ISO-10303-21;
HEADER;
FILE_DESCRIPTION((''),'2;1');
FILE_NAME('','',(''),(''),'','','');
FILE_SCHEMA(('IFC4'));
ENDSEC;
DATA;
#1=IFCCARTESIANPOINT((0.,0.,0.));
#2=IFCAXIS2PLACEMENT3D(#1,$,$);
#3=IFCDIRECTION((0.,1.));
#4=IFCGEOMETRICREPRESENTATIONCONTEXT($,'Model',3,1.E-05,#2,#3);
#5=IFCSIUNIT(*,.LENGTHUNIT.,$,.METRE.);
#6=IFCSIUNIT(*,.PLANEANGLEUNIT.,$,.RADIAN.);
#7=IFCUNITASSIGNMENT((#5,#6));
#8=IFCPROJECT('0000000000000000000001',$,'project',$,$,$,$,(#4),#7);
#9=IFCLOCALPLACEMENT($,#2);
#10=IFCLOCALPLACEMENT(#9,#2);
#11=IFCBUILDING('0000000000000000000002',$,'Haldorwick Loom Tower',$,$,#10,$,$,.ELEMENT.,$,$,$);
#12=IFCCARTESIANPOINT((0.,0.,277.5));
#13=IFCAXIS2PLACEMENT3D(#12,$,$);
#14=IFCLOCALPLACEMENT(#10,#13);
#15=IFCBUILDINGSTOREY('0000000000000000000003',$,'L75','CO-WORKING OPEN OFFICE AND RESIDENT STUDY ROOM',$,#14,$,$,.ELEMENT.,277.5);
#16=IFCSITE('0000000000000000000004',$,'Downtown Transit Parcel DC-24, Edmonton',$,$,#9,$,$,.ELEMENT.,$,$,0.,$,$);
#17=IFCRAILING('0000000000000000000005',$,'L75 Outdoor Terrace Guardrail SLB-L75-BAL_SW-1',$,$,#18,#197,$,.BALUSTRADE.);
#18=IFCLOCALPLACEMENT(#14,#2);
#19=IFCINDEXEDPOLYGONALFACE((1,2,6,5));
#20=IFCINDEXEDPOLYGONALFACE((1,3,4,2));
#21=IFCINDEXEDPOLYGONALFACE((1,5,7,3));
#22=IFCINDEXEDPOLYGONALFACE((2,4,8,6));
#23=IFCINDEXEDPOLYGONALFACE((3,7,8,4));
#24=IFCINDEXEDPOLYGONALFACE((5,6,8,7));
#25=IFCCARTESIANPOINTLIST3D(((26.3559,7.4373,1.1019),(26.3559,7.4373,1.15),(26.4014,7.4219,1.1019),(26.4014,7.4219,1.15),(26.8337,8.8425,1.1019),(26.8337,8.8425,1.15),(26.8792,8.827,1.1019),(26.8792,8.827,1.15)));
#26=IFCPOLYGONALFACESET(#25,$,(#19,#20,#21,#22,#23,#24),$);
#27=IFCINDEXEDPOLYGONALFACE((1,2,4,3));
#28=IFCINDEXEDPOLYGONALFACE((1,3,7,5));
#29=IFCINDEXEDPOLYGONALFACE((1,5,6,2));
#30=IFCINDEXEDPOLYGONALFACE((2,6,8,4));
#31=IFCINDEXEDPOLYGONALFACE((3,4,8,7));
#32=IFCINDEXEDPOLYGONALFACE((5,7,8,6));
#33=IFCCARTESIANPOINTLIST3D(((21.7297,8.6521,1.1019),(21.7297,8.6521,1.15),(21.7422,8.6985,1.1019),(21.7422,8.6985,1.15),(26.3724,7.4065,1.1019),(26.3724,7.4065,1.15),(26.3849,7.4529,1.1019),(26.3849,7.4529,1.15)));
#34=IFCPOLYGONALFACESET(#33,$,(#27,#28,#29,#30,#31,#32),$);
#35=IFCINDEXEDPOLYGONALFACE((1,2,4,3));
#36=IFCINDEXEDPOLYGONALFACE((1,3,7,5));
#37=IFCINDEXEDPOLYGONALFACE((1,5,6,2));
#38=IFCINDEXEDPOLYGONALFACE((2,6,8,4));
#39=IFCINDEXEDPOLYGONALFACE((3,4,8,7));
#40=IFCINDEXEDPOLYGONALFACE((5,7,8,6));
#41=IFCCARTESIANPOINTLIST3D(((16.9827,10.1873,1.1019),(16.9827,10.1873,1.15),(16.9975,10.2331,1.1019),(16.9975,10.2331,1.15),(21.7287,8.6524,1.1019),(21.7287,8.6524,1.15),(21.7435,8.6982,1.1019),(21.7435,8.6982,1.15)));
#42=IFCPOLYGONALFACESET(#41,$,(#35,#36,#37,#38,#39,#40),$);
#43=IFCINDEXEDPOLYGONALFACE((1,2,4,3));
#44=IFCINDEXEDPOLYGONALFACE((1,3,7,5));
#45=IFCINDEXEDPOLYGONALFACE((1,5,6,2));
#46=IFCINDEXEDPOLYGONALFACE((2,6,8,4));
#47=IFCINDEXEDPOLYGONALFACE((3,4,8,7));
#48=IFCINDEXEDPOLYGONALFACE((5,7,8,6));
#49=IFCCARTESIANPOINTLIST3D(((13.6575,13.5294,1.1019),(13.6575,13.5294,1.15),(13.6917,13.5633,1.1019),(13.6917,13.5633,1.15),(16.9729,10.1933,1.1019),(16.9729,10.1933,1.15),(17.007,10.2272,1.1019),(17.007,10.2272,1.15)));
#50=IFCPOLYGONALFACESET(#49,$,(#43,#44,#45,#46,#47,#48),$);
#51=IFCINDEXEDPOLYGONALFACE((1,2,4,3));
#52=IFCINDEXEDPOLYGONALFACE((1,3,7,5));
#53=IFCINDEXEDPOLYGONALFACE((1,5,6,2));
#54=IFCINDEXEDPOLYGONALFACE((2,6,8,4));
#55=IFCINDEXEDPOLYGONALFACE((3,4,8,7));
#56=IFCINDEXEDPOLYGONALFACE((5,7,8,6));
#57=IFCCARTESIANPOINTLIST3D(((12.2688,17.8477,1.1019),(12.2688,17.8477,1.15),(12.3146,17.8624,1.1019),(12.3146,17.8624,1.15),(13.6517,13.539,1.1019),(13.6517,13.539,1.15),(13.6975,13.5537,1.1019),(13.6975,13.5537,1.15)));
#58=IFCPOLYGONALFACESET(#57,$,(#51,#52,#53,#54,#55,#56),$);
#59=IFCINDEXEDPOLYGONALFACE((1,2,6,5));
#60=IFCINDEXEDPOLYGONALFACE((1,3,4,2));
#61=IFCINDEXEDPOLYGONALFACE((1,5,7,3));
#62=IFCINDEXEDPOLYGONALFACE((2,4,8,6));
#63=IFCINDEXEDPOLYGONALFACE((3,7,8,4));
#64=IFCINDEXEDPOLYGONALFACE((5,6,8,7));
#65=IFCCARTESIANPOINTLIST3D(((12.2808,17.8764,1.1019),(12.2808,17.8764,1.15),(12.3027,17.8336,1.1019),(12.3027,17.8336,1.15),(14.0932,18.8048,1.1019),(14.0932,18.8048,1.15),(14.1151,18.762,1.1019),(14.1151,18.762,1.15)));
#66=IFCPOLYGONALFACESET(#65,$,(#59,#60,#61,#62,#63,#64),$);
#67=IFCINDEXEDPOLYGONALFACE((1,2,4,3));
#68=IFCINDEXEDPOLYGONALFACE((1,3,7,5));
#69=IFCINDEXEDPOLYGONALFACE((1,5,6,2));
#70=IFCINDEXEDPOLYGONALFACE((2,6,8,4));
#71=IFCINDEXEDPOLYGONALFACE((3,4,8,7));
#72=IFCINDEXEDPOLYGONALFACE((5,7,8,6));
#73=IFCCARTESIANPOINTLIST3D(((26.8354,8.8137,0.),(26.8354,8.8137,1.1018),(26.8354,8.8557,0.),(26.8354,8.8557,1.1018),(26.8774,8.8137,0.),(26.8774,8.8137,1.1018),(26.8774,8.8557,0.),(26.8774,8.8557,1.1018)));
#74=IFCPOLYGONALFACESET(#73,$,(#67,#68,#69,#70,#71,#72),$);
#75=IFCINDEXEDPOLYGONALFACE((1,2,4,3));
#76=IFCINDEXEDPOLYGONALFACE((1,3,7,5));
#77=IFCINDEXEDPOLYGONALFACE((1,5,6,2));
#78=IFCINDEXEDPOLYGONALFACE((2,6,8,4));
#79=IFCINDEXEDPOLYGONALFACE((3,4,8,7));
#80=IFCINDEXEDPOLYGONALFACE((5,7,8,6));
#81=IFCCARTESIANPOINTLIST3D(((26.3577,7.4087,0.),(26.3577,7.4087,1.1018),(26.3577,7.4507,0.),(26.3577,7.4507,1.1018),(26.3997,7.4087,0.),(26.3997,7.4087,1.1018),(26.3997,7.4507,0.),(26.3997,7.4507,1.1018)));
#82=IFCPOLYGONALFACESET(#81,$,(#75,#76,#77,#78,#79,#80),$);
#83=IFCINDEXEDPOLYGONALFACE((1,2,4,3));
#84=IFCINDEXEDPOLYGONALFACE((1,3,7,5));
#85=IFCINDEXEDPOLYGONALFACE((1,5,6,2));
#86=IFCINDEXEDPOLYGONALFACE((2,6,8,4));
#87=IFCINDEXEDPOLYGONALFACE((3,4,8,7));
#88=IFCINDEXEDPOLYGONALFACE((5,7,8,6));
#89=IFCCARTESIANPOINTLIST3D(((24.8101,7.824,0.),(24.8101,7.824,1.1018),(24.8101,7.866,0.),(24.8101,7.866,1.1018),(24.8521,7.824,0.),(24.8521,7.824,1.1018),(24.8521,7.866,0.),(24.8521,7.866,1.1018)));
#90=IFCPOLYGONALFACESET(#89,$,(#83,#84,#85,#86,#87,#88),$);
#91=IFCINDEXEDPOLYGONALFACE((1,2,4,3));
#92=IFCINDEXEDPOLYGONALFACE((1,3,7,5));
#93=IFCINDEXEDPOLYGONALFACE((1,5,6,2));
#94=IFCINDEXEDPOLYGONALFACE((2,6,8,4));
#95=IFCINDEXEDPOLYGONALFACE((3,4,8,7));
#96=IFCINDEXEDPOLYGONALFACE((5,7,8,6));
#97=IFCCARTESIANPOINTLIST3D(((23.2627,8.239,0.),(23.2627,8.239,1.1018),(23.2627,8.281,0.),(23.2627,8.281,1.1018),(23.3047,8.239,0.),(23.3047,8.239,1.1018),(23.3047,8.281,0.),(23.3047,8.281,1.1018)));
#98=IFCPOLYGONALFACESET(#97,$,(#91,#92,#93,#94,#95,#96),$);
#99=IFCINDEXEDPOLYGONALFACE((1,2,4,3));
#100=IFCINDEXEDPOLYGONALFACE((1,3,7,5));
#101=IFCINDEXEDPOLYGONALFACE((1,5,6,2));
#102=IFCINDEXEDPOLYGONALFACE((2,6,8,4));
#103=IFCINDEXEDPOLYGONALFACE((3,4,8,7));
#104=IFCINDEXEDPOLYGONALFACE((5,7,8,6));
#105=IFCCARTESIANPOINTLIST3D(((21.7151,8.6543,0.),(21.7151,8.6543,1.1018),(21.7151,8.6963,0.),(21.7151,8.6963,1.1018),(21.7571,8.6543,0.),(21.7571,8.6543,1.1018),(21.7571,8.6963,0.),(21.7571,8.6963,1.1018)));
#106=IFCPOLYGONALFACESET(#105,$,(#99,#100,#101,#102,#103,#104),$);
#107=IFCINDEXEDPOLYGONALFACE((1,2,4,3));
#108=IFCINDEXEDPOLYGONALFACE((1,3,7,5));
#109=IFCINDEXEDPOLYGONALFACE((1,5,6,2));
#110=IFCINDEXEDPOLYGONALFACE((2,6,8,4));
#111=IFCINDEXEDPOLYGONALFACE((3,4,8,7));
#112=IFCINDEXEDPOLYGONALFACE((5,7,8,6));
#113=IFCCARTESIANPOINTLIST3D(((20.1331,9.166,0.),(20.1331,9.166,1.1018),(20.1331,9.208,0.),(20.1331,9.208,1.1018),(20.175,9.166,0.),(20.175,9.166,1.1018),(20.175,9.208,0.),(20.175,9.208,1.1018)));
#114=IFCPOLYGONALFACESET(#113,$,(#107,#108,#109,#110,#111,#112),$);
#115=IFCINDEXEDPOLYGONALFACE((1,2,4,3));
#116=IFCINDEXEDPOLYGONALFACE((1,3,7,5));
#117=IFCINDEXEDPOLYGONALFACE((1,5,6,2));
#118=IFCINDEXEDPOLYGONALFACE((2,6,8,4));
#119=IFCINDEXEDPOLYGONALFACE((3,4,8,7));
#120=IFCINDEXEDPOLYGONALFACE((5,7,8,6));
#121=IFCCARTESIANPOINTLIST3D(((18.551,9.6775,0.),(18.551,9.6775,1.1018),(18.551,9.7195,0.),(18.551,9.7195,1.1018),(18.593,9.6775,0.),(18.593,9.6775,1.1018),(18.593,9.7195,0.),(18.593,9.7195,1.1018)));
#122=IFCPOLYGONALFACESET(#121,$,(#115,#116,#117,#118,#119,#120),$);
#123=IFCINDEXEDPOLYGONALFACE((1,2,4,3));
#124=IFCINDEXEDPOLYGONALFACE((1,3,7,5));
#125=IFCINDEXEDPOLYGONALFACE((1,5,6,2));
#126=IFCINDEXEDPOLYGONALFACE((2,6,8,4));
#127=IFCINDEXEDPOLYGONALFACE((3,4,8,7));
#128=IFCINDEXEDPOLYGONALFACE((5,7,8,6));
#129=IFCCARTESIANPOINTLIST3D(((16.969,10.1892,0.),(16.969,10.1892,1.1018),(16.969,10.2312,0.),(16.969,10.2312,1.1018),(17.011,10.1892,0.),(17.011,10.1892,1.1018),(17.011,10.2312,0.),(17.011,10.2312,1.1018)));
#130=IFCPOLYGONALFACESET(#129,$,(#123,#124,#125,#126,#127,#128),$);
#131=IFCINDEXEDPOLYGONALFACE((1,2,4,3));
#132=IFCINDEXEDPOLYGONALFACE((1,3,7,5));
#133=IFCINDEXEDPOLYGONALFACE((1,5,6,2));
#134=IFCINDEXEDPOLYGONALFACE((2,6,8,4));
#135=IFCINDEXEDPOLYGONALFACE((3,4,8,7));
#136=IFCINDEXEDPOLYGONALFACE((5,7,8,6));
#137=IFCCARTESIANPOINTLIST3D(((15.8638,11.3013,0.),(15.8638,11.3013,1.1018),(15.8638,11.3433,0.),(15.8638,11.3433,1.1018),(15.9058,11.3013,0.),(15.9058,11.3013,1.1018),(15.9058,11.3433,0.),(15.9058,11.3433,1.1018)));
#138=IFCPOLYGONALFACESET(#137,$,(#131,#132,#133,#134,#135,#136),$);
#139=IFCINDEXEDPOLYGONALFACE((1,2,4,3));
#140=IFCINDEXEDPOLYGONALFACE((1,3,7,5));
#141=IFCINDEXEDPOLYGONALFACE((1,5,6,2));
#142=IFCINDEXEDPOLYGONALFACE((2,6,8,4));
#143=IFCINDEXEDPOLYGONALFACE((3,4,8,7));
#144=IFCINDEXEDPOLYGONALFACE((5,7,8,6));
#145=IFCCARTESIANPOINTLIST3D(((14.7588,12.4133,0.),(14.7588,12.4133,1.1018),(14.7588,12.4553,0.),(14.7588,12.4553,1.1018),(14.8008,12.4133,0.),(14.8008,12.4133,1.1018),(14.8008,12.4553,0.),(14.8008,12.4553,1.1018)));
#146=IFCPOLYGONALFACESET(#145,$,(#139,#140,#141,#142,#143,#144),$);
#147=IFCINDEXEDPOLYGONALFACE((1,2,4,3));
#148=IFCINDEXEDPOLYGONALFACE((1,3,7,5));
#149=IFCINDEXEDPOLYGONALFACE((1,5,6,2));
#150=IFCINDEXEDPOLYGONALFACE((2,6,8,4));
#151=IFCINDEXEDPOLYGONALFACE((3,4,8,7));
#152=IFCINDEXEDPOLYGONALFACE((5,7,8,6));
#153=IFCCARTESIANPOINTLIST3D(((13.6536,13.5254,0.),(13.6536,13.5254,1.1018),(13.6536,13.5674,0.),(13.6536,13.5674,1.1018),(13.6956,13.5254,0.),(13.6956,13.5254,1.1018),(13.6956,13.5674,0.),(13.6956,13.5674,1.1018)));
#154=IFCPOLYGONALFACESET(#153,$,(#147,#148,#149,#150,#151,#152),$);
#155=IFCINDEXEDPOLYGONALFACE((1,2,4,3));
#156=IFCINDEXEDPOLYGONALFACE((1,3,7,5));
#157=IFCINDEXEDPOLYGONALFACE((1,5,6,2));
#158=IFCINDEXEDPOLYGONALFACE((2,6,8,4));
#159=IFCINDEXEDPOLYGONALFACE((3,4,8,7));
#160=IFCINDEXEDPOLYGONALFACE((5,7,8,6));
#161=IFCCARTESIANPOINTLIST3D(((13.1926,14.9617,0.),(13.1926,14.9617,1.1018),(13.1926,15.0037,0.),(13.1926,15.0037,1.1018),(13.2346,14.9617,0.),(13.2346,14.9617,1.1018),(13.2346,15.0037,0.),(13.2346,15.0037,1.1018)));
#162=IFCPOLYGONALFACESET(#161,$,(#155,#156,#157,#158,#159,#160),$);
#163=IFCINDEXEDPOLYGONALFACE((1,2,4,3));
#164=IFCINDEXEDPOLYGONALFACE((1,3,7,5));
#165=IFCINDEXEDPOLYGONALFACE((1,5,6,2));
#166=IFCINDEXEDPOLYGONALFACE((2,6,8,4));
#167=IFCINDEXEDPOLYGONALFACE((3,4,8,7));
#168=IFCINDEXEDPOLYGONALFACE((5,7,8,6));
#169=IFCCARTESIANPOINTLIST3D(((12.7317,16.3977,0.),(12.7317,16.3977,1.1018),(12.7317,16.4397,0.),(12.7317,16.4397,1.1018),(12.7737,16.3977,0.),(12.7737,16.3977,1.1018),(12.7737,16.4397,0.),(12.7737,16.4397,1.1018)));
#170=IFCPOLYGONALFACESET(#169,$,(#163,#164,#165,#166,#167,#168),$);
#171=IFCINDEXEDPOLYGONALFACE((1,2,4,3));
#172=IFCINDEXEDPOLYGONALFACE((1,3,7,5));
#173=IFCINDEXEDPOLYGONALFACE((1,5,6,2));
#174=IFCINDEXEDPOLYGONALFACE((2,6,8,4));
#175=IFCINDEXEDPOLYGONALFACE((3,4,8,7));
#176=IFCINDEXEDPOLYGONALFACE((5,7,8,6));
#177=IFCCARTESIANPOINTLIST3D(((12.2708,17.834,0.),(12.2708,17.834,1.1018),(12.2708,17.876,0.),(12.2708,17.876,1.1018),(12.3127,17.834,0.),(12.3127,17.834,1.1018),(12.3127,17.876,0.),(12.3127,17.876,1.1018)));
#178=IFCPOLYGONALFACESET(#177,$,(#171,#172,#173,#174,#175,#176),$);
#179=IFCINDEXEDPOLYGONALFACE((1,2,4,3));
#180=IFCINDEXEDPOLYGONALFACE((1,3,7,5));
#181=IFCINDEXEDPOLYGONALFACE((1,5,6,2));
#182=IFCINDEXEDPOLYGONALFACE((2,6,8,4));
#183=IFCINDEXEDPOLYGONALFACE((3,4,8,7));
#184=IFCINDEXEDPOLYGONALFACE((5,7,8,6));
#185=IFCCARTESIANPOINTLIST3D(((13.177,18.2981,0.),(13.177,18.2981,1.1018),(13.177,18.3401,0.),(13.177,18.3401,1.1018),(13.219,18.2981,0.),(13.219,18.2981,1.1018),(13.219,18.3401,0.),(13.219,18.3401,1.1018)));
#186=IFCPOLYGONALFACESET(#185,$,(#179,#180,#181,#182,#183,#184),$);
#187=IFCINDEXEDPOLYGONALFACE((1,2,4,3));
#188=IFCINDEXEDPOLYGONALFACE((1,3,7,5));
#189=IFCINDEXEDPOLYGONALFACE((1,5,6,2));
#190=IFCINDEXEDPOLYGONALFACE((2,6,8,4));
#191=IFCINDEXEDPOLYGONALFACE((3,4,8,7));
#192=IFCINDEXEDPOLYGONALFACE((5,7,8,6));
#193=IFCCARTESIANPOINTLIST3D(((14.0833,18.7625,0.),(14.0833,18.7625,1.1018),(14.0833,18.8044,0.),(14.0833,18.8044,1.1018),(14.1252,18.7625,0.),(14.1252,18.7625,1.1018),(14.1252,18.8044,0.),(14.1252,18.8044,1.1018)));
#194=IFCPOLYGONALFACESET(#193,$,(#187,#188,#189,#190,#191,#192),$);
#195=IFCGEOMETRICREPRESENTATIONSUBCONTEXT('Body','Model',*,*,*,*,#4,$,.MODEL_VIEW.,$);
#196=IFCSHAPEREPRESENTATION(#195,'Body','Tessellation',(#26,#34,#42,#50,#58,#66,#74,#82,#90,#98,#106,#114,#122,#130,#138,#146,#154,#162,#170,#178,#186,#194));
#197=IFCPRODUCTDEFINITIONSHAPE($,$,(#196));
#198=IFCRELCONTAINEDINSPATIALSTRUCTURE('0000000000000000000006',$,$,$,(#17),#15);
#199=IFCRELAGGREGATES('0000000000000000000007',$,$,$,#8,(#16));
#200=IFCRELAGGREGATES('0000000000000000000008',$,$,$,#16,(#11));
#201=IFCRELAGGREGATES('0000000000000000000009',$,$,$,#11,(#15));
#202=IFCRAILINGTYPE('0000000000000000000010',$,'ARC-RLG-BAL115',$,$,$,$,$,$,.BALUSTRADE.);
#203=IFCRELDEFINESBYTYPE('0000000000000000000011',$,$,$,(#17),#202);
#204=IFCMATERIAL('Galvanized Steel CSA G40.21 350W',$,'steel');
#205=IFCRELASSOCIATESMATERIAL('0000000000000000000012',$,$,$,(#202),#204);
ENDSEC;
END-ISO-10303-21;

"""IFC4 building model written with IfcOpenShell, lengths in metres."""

from ifc_helpers import new_model, si_unit, direction, frame, origin, origin_2d, place, context, subcontext, project, spatial, rectangle, extrude, material, type_object, element, save


model = new_model("IFC4")

# Units and contexts
model_context = context("Model", 3, precision=1e-05, world=origin(), true_north=direction((0.0, 1.0)))
body_context = subcontext(model_context, "Body", "Model", "MODEL_VIEW")
ifc_project = project(units=[si_unit("LENGTHUNIT", "METRE"), si_unit("PLANEANGLEUNIT", "RADIAN")], contexts=[model_context])

# Site, building, storey
site_placement = place(None, origin())
site = spatial("IfcSite", under=ifc_project, at=site_placement, Name="Downtown Transit Parcel DC-24, Edmonton", CompositionType="ELEMENT", RefElevation=0.0)
building_placement = place(site_placement, origin())
building = spatial("IfcBuilding", under=site, at=building_placement, Name="Haldorwick Loom Tower", CompositionType="ELEMENT")
storey_placement = place(building_placement, frame((0.0, 0.0, 277.5)))
storey = spatial("IfcBuildingStorey", under=building, at=storey_placement, Name="L75", Description="CO-WORKING OPEN OFFICE AND RESIDENT STUDY ROOM", CompositionType="ELEMENT", Elevation=277.5)

# Railing
ifc_material_1 = material(Name="Galvanized Steel CSA G40.21 350W", Category="steel")
railing_type = type_object("IfcRailingType", Name="ARC-RLG-BAL115", PredefinedType="BALUSTRADE", material=ifc_material_1)
railing_placement = place(storey_placement, frame((26.8564, 8.8347, 0.0)))
element("IfcRailing", 1, at=railing_placement, inside=storey, type_object=railing_type, Name="L75 Outdoor Terrace Guardrail SLB-L75-BAL_SW-1", PredefinedType="BALUSTRADE", context=body_context, shape_type="SweptSolid", body=[
    extrude(rectangle(XDim=0.0481, YDim=0.0481, at=origin_2d()), frame((0.0, 0.0, 1.126), z_axis=(-0.321947, -0.946758, 0.0), x_axis=(0.946758, -0.321947, 0.0)), (0.0, 0.0, 1.0), 1.4841),
    extrude(rectangle(XDim=0.0481, YDim=0.0481, at=origin_2d()), frame((-0.4778, -1.405, 1.126), z_axis=(-0.965841, 0.259135, 0.0), x_axis=(-0.259135, -0.965841, 0.0)), (0.0, 0.0, 1.0), 4.8069),
    extrude(rectangle(XDim=0.0481, YDim=0.0481, at=origin_2d()), frame((-5.1204, -0.1594, 1.126), z_axis=(-0.951479, 0.307713, 0.0), x_axis=(-0.307713, -0.951479, 0.0)), (0.0, 0.0, 1.0), 4.988),
    extrude(rectangle(XDim=0.0481, YDim=0.0481, at=origin_2d()), frame((-9.8665, 1.3755, 1.126), z_axis=(-0.704897, 0.709309, 0.0), x_axis=(-0.709309, -0.704897, 0.0)), (0.0, 0.0, 1.0), 4.7034),
    extrude(rectangle(XDim=0.0481, YDim=0.0481, at=origin_2d()), frame((-13.1819, 4.7117, 1.126), z_axis=(-0.30559, 0.952163, 0.0), x_axis=(-0.952163, -0.30559, 0.0)), (0.0, 0.0, 1.0), 4.5251),
    extrude(rectangle(XDim=0.0481, YDim=0.0481, at=origin_2d()), frame((-14.5647, 9.0203, 1.126), z_axis=(0.890021, 0.45592, 0.0), x_axis=(-0.45592, 0.890021, 0.0)), (0.0, 0.0, 1.0), 2.0364),
    extrude(rectangle(XDim=0.042, YDim=0.042, at=origin_2d()), origin(), (0.0, 0.0, 1.0), 1.1018),
    extrude(rectangle(XDim=0.042, YDim=0.042, at=origin_2d()), frame((-0.4778, -1.405, 0.0)), (0.0, 0.0, 1.0), 1.1018),
    extrude(rectangle(XDim=0.042, YDim=0.042, at=origin_2d()), frame((-2.0254, -0.9897, 0.0)), (0.0, 0.0, 1.0), 1.1018),
    extrude(rectangle(XDim=0.042, YDim=0.042, at=origin_2d()), frame((-3.5728, -0.5747, 0.0)), (0.0, 0.0, 1.0), 1.1018),
    extrude(rectangle(XDim=0.042, YDim=0.042, at=origin_2d()), frame((-5.1204, -0.1594, 0.0)), (0.0, 0.0, 1.0), 1.1018),
    extrude(rectangle(XDim=0.042, YDim=0.042, at=origin_2d()), frame((-6.7024, 0.3523, 0.0)), (0.0, 0.0, 1.0), 1.1018),
    extrude(rectangle(XDim=0.042, YDim=0.042, at=origin_2d()), frame((-8.2844, 0.8638, 0.0)), (0.0, 0.0, 1.0), 1.1018),
    extrude(rectangle(XDim=0.042, YDim=0.042, at=origin_2d()), frame((-9.8665, 1.3755, 0.0)), (0.0, 0.0, 1.0), 1.1018),
    extrude(rectangle(XDim=0.042, YDim=0.042, at=origin_2d()), frame((-10.9717, 2.4875, 0.0)), (0.0, 0.0, 1.0), 1.1018),
    extrude(rectangle(XDim=0.042, YDim=0.042, at=origin_2d()), frame((-12.0767, 3.5996, 0.0)), (0.0, 0.0, 1.0), 1.1018),
    extrude(rectangle(XDim=0.042, YDim=0.042, at=origin_2d()), frame((-13.1819, 4.7117, 0.0)), (0.0, 0.0, 1.0), 1.1018),
    extrude(rectangle(XDim=0.042, YDim=0.042, at=origin_2d()), frame((-13.6428, 6.1479, 0.0)), (0.0, 0.0, 1.0), 1.1018),
    extrude(rectangle(XDim=0.042, YDim=0.042, at=origin_2d()), frame((-14.1038, 7.584, 0.0)), (0.0, 0.0, 1.0), 1.1018),
    extrude(rectangle(XDim=0.042, YDim=0.042, at=origin_2d()), frame((-14.5647, 9.0203, 0.0)), (0.0, 0.0, 1.0), 1.1018),
    extrude(rectangle(XDim=0.042, YDim=0.042, at=origin_2d()), frame((-13.6584, 9.4844, 0.0)), (0.0, 0.0, 1.0), 1.1018),
    extrude(rectangle(XDim=0.042, YDim=0.042, at=origin_2d()), frame((-12.7522, 9.9487, 0.0)), (0.0, 0.0, 1.0), 1.1018),
])

save(model, "model.ifc")
